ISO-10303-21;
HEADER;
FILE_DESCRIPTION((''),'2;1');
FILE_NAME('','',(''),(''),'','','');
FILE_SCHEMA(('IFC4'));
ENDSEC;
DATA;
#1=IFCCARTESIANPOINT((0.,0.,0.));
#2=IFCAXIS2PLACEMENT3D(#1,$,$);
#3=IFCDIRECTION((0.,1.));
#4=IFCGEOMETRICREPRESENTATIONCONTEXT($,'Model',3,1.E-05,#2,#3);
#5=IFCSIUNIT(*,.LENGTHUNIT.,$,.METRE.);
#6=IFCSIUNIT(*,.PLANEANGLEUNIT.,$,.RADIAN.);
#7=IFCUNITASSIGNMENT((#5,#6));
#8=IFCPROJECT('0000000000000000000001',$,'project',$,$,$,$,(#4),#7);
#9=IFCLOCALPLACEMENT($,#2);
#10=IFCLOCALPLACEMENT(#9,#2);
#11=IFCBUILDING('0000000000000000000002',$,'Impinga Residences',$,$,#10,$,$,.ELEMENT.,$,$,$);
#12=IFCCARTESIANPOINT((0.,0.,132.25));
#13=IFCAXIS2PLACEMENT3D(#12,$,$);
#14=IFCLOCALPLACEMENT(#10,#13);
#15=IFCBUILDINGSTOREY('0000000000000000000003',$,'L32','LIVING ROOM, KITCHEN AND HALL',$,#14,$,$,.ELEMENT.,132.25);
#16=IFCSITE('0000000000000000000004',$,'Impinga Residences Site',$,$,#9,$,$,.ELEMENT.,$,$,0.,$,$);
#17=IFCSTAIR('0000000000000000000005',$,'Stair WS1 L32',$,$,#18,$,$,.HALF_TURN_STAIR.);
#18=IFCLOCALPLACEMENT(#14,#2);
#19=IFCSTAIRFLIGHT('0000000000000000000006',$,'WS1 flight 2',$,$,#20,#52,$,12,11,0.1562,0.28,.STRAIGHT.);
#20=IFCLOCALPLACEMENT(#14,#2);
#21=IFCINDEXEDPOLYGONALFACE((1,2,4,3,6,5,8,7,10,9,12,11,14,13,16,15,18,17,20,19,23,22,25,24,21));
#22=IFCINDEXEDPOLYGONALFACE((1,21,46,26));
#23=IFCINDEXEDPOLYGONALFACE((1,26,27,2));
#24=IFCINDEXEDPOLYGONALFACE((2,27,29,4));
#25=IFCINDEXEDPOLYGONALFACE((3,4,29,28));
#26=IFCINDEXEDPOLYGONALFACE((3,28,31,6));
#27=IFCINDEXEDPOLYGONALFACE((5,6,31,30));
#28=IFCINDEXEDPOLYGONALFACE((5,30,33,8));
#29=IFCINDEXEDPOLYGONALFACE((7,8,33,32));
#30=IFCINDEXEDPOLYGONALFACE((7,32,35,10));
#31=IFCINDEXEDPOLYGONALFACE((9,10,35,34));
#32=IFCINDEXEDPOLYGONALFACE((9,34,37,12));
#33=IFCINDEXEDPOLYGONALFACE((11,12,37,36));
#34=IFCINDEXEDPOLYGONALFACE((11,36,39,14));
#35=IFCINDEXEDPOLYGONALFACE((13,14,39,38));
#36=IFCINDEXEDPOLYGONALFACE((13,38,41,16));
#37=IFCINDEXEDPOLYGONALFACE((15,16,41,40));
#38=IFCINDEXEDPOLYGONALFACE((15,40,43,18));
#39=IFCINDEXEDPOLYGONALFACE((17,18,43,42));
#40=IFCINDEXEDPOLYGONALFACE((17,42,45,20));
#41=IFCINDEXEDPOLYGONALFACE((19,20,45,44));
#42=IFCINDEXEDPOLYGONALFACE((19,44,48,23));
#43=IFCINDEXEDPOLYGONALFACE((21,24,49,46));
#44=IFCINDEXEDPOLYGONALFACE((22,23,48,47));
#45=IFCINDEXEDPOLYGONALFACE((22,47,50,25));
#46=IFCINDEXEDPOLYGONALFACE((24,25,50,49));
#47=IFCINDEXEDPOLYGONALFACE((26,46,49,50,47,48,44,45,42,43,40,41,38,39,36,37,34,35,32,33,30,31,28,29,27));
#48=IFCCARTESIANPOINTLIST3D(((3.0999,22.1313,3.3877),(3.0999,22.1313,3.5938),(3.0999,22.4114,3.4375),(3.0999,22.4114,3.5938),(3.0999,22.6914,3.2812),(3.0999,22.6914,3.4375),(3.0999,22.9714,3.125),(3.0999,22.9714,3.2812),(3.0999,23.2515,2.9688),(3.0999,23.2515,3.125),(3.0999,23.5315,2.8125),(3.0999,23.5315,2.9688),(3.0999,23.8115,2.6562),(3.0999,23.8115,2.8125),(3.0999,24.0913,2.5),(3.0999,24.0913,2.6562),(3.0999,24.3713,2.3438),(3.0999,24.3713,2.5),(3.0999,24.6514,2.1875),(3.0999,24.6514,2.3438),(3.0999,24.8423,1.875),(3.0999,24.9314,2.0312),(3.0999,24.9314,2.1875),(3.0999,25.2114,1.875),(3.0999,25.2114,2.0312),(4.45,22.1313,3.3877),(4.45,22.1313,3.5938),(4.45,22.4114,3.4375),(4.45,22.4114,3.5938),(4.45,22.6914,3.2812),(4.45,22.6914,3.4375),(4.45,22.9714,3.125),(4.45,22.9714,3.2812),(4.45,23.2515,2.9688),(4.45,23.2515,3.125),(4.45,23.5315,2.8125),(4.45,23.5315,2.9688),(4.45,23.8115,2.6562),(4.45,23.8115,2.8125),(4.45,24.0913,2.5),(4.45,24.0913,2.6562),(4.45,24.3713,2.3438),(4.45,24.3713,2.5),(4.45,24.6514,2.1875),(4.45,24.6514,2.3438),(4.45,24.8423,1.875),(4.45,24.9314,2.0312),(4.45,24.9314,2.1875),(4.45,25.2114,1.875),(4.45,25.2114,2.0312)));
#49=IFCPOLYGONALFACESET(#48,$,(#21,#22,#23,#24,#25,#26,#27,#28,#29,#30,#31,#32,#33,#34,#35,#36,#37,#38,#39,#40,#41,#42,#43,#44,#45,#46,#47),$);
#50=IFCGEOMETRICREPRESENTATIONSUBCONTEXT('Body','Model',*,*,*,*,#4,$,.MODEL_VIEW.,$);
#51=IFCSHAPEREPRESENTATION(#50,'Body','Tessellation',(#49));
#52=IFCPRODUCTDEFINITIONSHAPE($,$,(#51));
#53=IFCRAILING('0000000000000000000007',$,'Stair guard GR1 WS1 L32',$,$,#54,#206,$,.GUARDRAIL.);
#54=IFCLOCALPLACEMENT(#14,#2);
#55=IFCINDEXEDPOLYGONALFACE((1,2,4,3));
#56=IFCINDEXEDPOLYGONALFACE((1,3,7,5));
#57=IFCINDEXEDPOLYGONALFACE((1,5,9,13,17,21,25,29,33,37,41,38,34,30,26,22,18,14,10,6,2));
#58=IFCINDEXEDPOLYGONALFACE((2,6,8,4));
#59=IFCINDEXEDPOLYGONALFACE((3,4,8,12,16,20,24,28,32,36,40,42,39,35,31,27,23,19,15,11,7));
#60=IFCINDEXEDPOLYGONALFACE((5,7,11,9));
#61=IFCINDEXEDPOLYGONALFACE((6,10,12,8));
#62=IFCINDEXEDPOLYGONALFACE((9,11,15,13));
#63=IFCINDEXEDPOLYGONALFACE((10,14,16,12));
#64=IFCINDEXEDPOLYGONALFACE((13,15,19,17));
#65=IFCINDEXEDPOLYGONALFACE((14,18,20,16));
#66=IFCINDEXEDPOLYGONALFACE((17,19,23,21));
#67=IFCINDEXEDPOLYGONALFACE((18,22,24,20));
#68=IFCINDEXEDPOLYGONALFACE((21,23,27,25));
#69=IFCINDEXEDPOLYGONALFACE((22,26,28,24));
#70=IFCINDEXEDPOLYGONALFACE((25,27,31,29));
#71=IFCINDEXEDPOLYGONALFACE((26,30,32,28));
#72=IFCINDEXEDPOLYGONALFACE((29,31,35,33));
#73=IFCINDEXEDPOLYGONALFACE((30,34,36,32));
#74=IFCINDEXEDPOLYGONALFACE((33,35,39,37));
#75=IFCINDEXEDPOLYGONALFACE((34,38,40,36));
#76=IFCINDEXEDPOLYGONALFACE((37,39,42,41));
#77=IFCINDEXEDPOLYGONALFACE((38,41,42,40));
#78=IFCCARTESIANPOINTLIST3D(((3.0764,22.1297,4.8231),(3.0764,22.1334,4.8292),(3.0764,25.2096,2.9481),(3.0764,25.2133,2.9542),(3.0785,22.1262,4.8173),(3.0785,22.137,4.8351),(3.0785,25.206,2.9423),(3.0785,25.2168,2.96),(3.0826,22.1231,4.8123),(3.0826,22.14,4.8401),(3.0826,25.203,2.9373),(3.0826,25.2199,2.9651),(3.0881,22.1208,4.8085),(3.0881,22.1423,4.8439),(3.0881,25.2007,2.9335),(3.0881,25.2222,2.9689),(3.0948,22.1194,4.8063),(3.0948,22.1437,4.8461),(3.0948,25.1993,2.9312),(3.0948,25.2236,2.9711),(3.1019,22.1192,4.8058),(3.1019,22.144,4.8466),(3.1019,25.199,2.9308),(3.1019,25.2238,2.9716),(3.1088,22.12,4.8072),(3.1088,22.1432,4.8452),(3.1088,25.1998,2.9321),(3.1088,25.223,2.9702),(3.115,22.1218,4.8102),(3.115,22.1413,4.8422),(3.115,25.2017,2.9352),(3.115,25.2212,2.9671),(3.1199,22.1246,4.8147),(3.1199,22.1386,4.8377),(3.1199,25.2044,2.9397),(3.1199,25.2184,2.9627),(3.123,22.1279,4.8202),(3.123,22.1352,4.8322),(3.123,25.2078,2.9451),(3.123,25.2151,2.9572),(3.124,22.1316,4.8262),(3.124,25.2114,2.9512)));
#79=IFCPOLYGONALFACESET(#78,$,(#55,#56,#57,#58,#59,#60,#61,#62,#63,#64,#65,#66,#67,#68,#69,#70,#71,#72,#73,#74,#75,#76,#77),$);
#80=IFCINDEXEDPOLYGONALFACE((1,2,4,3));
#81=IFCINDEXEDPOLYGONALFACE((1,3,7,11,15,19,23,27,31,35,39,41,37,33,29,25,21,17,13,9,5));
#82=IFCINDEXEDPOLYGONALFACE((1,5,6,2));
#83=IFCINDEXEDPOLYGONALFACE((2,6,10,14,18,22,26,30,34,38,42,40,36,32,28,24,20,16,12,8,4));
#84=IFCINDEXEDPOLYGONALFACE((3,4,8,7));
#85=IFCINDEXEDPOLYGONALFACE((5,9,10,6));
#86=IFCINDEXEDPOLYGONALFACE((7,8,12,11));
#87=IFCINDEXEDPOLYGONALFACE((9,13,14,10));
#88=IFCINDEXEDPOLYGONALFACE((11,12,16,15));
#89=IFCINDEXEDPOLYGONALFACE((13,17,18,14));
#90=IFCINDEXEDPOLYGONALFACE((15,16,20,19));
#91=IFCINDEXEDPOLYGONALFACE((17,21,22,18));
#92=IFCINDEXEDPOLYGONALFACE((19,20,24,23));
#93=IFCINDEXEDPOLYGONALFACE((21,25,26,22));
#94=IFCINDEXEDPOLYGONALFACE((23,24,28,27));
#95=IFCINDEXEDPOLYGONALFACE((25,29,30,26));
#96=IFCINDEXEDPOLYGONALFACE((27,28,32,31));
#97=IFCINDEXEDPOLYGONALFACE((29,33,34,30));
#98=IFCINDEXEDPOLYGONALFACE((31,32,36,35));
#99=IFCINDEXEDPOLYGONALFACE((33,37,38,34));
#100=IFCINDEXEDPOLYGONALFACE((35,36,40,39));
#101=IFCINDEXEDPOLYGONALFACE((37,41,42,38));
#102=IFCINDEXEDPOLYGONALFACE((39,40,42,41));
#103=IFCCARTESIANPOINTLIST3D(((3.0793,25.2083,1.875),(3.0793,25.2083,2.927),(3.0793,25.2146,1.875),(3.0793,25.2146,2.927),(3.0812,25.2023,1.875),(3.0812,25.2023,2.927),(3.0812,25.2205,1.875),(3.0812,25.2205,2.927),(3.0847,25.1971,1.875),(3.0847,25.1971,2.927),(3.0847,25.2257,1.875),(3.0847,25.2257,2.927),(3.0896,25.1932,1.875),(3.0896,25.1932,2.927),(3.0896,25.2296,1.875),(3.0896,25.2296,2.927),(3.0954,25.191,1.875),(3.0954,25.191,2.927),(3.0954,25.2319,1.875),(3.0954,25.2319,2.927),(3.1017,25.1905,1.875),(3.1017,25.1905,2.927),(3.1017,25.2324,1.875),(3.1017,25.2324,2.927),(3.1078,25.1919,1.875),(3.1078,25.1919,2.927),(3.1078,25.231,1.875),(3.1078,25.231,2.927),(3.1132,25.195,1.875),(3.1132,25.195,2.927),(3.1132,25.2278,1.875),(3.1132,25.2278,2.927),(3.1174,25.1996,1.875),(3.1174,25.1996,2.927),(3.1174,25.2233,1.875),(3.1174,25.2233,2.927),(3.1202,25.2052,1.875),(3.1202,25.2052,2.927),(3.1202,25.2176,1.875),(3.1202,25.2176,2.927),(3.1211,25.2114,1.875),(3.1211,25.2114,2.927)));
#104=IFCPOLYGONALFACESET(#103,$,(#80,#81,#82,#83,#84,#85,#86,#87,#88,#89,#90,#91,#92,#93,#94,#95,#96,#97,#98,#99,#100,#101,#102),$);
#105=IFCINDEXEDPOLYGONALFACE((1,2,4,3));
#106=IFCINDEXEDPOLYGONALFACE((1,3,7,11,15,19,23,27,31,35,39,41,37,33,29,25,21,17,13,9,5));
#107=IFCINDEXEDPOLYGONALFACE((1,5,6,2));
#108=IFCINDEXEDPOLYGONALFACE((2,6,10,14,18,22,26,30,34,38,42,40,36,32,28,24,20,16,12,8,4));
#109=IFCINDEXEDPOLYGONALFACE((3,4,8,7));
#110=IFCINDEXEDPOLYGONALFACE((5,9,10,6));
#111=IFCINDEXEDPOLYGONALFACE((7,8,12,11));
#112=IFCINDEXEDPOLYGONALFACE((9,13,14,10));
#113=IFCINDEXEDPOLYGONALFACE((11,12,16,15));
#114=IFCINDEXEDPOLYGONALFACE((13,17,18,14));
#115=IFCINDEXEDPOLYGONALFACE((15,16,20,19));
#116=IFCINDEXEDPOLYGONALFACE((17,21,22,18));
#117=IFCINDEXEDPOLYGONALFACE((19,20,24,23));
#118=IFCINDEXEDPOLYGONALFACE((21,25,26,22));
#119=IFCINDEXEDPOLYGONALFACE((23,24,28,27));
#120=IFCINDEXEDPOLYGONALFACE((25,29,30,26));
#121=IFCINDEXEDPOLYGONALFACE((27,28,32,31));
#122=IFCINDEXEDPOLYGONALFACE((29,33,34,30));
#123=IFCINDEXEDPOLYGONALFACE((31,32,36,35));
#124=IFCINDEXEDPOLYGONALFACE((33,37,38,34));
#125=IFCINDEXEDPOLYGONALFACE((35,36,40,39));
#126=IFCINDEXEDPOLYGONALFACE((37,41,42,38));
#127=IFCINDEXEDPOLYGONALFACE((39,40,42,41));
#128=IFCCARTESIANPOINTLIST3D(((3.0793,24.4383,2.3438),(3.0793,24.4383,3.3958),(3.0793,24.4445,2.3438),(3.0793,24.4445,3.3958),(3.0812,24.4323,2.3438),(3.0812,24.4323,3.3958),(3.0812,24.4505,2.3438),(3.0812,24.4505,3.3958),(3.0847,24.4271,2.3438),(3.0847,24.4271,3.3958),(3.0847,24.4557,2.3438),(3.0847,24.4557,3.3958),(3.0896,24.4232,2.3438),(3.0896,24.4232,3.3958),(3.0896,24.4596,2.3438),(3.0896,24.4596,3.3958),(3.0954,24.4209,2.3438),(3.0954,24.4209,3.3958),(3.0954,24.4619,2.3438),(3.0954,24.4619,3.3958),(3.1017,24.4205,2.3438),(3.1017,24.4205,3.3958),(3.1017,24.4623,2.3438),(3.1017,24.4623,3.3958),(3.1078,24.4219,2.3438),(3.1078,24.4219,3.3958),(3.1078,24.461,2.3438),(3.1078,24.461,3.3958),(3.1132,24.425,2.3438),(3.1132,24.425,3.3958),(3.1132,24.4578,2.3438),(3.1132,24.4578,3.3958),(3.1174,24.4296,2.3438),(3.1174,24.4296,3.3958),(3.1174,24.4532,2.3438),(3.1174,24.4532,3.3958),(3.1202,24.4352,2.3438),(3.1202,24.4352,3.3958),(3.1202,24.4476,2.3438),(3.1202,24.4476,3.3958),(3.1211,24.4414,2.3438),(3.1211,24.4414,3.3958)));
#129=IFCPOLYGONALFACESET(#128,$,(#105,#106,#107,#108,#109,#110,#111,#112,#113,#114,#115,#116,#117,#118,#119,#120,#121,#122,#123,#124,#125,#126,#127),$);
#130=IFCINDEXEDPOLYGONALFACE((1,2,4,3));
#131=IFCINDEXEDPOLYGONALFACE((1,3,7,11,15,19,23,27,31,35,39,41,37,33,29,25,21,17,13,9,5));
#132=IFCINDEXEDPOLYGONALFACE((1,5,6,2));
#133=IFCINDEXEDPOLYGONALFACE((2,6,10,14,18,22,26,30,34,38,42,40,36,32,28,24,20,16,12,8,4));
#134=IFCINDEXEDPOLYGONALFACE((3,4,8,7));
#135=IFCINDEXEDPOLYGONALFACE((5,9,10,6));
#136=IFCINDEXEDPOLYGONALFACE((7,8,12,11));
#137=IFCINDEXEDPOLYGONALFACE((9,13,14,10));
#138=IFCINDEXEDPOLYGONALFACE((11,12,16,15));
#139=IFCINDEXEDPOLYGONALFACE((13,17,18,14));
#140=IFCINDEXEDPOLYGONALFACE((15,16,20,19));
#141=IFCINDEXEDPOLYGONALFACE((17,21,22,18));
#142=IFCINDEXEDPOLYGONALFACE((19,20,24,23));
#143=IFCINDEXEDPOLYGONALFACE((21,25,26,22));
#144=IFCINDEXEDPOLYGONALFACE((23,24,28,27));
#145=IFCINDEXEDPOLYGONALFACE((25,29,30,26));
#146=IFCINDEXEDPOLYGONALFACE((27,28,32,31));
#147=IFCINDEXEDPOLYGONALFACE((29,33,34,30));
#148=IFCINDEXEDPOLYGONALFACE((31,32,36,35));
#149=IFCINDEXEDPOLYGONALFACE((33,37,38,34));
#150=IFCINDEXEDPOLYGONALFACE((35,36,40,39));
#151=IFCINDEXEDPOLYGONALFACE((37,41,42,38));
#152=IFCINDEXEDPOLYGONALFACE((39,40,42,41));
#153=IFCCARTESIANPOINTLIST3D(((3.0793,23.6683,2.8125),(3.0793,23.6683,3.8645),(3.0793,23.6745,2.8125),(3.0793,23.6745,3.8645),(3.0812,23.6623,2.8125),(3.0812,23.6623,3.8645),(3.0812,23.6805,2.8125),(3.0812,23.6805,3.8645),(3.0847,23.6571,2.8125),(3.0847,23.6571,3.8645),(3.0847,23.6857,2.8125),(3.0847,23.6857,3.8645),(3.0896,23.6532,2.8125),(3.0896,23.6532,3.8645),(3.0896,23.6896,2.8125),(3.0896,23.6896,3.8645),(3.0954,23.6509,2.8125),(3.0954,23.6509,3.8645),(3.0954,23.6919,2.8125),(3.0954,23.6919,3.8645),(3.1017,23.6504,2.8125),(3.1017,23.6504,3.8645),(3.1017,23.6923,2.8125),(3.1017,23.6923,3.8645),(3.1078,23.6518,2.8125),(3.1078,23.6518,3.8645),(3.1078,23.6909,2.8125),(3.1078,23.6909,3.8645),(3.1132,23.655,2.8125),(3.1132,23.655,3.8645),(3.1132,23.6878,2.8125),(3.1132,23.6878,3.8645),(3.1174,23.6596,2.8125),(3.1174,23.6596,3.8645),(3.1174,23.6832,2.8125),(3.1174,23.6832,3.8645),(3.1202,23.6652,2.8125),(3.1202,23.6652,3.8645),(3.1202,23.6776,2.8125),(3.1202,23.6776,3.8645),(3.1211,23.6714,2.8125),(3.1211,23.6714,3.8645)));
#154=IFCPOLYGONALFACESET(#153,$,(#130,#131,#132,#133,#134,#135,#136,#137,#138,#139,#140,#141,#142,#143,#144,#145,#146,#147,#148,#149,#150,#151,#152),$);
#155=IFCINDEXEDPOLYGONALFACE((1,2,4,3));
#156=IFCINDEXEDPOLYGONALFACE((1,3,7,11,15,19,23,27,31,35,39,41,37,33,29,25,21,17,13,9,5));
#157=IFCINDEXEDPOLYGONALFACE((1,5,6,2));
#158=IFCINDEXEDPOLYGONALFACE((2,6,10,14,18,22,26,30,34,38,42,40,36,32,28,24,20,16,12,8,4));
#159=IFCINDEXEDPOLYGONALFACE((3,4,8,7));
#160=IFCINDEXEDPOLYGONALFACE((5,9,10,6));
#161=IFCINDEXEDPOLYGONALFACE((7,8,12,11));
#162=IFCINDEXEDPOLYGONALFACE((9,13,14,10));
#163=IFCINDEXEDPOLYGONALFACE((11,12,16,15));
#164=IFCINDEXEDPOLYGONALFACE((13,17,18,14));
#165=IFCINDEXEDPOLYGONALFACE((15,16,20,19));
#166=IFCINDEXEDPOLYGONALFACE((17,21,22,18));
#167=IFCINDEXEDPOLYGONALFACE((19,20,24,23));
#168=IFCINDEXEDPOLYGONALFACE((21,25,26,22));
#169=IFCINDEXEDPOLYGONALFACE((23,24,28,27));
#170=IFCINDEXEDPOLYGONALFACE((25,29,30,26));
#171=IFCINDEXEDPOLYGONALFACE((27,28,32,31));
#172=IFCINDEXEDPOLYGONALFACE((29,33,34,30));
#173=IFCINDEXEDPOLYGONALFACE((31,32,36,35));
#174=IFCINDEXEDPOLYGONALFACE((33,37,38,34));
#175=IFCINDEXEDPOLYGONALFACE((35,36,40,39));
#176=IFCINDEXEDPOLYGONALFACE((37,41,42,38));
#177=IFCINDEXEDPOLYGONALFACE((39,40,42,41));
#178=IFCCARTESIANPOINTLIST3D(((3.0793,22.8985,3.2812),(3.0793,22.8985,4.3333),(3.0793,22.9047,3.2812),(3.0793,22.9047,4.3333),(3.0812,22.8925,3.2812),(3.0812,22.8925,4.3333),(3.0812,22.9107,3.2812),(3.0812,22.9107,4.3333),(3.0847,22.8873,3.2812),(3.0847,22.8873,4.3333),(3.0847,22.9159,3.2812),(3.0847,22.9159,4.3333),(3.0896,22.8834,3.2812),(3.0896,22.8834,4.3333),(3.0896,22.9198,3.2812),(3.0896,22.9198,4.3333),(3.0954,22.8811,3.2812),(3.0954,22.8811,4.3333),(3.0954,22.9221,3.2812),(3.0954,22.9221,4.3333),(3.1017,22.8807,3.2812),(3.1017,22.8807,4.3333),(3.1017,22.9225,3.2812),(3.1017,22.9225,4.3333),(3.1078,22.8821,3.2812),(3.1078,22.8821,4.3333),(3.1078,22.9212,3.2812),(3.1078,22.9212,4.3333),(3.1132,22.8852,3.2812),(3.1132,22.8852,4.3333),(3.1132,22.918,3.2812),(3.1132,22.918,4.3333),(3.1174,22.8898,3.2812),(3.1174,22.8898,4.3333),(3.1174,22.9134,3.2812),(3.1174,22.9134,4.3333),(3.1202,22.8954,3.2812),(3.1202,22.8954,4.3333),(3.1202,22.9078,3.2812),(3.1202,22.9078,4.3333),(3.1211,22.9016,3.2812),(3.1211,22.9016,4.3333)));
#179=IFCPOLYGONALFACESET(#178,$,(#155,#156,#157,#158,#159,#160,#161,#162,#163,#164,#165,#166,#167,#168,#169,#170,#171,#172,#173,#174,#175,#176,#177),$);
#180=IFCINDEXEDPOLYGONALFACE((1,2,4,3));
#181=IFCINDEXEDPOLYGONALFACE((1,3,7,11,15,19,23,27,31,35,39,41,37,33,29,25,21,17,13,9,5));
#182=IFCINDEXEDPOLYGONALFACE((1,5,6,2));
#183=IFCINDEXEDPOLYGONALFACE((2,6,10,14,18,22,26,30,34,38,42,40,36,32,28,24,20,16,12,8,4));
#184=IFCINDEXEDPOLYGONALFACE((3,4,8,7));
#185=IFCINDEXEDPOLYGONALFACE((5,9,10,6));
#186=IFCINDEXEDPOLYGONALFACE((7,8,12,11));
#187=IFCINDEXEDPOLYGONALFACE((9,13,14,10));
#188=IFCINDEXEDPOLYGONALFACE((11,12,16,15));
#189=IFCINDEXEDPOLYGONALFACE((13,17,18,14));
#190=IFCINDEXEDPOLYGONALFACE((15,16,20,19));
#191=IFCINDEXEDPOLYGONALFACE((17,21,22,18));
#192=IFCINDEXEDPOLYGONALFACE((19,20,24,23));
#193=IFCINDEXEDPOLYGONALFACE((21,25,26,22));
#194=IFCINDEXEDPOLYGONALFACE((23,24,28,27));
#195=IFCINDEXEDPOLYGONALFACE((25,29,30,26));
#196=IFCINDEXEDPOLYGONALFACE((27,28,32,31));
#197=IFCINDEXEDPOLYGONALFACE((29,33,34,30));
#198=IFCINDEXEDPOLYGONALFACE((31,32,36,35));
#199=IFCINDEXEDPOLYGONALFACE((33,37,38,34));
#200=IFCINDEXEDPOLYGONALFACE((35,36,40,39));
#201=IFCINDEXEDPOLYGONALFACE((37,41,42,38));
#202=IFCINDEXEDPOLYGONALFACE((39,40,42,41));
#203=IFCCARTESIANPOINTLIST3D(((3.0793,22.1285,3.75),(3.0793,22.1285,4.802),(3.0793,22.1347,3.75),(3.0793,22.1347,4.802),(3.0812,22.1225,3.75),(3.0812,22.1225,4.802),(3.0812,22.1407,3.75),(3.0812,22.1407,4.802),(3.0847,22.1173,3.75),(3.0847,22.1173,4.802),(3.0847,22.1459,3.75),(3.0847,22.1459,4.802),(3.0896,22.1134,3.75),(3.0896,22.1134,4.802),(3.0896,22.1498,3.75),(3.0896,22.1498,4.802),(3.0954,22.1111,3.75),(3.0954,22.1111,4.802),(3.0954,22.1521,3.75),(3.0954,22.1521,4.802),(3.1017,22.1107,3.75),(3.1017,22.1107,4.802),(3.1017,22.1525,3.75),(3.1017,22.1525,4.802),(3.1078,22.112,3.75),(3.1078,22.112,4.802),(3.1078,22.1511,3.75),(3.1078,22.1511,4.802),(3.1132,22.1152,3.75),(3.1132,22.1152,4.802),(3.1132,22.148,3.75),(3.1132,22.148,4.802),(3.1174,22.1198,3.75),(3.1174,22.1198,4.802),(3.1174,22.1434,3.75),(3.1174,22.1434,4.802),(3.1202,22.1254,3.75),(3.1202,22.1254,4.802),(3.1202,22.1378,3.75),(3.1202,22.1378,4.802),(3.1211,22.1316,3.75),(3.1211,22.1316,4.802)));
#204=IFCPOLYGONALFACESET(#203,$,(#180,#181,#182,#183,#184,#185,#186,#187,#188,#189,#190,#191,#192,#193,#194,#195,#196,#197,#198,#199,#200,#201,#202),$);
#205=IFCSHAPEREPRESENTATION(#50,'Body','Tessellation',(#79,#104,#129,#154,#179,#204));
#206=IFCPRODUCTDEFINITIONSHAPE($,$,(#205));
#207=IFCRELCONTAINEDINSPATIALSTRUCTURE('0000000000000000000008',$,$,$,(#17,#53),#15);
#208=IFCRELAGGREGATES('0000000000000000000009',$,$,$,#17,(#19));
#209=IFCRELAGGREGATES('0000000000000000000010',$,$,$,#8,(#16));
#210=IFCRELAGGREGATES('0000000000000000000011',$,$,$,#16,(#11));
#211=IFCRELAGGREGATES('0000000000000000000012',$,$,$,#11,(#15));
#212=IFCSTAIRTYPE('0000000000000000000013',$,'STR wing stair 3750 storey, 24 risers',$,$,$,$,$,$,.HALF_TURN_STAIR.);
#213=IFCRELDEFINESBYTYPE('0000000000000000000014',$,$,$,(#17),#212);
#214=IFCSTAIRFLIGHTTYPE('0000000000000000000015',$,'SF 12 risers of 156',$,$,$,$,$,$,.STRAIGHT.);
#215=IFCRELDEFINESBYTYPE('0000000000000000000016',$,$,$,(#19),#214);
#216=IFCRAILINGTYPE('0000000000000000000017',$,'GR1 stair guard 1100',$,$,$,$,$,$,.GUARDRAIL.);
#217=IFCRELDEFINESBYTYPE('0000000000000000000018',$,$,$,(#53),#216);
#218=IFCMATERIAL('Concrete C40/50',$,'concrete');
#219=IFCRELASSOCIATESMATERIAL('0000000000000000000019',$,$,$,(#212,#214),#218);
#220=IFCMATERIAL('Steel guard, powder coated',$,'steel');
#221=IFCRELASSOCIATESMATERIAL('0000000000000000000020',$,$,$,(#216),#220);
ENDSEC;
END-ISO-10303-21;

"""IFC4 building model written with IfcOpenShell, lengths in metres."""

from ifc_helpers import new_model, si_unit, direction, frame, origin, origin_2d, place, context, subcontext, project, spatial, polyline, circle, outline, extrude, material, type_object, element, aggregate, save


model = new_model("IFC4")

# Units and contexts
model_context = context("Model", 3, precision=1e-05, world=origin(), true_north=direction((0.0, 1.0)))
body_context = subcontext(model_context, "Body", "Model", "MODEL_VIEW")
ifc_project = project(units=[si_unit("LENGTHUNIT", "METRE"), si_unit("PLANEANGLEUNIT", "RADIAN")], contexts=[model_context])

# Site, building, storey
site_placement = place(None, origin())
site = spatial("IfcSite", under=ifc_project, at=site_placement, Name="Impinga Residences Site", CompositionType="ELEMENT", RefElevation=0.0)
building_placement = place(site_placement, origin())
building = spatial("IfcBuilding", under=site, at=building_placement, Name="Impinga Residences", CompositionType="ELEMENT")
storey_placement = place(building_placement, frame((0.0, 0.0, 132.25)))
storey = spatial("IfcBuildingStorey", under=building, at=storey_placement, Name="L32", Description="LIVING ROOM, KITCHEN AND HALL", CompositionType="ELEMENT", Elevation=132.25)

# Stair, stair flight
ifc_material_1 = material(Name="Concrete C40/50", Category="concrete")
stair_type = type_object("IfcStairType", Name="STR wing stair 3750 storey, 24 risers", PredefinedType="HALF_TURN_STAIR", material=ifc_material_1)
stair_placement = place(storey_placement, origin())
stair = element("IfcStair", 1, at=stair_placement, inside=storey, type_object=stair_type, Name="Stair WS1 L32", PredefinedType="HALF_TURN_STAIR")
stair_flight_type = type_object("IfcStairFlightType", Name="SF 12 risers of 156", PredefinedType="STRAIGHT", material=ifc_material_1)
stair_flight_placement = place(storey_placement, frame((3.7749, 25.2114, 1.875), z_axis=(0.0, 0.0, 1.0), x_axis=(0.0, -1.0, 0.0)))
stair_flight = element("IfcStairFlight", 2, at=stair_flight_placement, type_object=stair_flight_type, Name="WS1 flight 2", NumberOfRisers=12, NumberOfTreads=11, PredefinedType="STRAIGHT", RiserHeight=0.1562, TreadLength=0.28, context=body_context, shape_type="SweptSolid", body=[
    extrude(outline(polyline([(0.0, 0.0), (0.0, 0.1562), (0.28, 0.1562), (0.28, 0.3125), (0.5601, 0.3125), (0.5601, 0.4688), (0.8401, 0.4688), (0.8401, 0.625), (1.1201, 0.625), (1.1201, 0.7812), (1.3999, 0.7812), (1.3999, 0.9375), (1.6799, 0.9375), (1.6799, 1.0938), (1.96, 1.0938), (1.96, 1.25), (2.24, 1.25), (2.24, 1.4062), (2.52, 1.4062), (2.52, 1.5625), (2.8, 1.5625), (2.8, 1.7188), (3.0801, 1.7188), (3.0801, 1.875), (3.0801, 1.5127), (0.3691, 0.0), (0.0, 0.0)])), frame((0.0, 0.675, 0.0), z_axis=(0.0, -1.0, 0.0), x_axis=(1.0, 0.0, 0.0)), (0.0, 0.0, 1.0), 1.3501),
])
aggregate(stair, [stair_flight])

# Railing
ifc_material_2 = material(Name="Steel guard, powder coated", Category="steel")
railing_type_1 = type_object("IfcRailingType", Name="GR1 stair guard 1100", PredefinedType="GUARDRAIL", material=ifc_material_2)
railing_1_placement = place(storey_placement, frame((3.1001, 25.2114, 1.875)))
element("IfcRailing", 3, at=railing_1_placement, inside=storey, type_object=railing_type_1, Name="Stair guard GR1 WS1 L32", PredefinedType="GUARDRAIL", context=body_context, shape_type="SweptSolid", body=[
    extrude(circle(Radius=0.0239, at=origin_2d()), frame((0.0, 0.0, 1.0762), z_axis=(0.0, -0.854159, 0.520011), x_axis=(1.0, 0.0, 0.0)), (0.0, 0.0, 1.0), 3.6057),
    extrude(circle(Radius=0.021, at=origin_2d()), origin(), (0.0, 0.0, 1.0), 1.052),
    extrude(circle(Radius=0.021, at=origin_2d()), frame((0.0, -0.77, 0.4688)), (0.0, 0.0, 1.0), 1.052),
    extrude(circle(Radius=0.021, at=origin_2d()), frame((0.0, -1.54, 0.9375)), (0.0, 0.0, 1.0), 1.052),
    extrude(circle(Radius=0.021, at=origin_2d()), frame((0.0, -2.3098, 1.4062)), (0.0, 0.0, 1.0), 1.052),
    extrude(circle(Radius=0.021, at=origin_2d()), frame((0.0, -3.0798, 1.875)), (0.0, 0.0, 1.0), 1.052),
])

save(model, "model.ifc")
